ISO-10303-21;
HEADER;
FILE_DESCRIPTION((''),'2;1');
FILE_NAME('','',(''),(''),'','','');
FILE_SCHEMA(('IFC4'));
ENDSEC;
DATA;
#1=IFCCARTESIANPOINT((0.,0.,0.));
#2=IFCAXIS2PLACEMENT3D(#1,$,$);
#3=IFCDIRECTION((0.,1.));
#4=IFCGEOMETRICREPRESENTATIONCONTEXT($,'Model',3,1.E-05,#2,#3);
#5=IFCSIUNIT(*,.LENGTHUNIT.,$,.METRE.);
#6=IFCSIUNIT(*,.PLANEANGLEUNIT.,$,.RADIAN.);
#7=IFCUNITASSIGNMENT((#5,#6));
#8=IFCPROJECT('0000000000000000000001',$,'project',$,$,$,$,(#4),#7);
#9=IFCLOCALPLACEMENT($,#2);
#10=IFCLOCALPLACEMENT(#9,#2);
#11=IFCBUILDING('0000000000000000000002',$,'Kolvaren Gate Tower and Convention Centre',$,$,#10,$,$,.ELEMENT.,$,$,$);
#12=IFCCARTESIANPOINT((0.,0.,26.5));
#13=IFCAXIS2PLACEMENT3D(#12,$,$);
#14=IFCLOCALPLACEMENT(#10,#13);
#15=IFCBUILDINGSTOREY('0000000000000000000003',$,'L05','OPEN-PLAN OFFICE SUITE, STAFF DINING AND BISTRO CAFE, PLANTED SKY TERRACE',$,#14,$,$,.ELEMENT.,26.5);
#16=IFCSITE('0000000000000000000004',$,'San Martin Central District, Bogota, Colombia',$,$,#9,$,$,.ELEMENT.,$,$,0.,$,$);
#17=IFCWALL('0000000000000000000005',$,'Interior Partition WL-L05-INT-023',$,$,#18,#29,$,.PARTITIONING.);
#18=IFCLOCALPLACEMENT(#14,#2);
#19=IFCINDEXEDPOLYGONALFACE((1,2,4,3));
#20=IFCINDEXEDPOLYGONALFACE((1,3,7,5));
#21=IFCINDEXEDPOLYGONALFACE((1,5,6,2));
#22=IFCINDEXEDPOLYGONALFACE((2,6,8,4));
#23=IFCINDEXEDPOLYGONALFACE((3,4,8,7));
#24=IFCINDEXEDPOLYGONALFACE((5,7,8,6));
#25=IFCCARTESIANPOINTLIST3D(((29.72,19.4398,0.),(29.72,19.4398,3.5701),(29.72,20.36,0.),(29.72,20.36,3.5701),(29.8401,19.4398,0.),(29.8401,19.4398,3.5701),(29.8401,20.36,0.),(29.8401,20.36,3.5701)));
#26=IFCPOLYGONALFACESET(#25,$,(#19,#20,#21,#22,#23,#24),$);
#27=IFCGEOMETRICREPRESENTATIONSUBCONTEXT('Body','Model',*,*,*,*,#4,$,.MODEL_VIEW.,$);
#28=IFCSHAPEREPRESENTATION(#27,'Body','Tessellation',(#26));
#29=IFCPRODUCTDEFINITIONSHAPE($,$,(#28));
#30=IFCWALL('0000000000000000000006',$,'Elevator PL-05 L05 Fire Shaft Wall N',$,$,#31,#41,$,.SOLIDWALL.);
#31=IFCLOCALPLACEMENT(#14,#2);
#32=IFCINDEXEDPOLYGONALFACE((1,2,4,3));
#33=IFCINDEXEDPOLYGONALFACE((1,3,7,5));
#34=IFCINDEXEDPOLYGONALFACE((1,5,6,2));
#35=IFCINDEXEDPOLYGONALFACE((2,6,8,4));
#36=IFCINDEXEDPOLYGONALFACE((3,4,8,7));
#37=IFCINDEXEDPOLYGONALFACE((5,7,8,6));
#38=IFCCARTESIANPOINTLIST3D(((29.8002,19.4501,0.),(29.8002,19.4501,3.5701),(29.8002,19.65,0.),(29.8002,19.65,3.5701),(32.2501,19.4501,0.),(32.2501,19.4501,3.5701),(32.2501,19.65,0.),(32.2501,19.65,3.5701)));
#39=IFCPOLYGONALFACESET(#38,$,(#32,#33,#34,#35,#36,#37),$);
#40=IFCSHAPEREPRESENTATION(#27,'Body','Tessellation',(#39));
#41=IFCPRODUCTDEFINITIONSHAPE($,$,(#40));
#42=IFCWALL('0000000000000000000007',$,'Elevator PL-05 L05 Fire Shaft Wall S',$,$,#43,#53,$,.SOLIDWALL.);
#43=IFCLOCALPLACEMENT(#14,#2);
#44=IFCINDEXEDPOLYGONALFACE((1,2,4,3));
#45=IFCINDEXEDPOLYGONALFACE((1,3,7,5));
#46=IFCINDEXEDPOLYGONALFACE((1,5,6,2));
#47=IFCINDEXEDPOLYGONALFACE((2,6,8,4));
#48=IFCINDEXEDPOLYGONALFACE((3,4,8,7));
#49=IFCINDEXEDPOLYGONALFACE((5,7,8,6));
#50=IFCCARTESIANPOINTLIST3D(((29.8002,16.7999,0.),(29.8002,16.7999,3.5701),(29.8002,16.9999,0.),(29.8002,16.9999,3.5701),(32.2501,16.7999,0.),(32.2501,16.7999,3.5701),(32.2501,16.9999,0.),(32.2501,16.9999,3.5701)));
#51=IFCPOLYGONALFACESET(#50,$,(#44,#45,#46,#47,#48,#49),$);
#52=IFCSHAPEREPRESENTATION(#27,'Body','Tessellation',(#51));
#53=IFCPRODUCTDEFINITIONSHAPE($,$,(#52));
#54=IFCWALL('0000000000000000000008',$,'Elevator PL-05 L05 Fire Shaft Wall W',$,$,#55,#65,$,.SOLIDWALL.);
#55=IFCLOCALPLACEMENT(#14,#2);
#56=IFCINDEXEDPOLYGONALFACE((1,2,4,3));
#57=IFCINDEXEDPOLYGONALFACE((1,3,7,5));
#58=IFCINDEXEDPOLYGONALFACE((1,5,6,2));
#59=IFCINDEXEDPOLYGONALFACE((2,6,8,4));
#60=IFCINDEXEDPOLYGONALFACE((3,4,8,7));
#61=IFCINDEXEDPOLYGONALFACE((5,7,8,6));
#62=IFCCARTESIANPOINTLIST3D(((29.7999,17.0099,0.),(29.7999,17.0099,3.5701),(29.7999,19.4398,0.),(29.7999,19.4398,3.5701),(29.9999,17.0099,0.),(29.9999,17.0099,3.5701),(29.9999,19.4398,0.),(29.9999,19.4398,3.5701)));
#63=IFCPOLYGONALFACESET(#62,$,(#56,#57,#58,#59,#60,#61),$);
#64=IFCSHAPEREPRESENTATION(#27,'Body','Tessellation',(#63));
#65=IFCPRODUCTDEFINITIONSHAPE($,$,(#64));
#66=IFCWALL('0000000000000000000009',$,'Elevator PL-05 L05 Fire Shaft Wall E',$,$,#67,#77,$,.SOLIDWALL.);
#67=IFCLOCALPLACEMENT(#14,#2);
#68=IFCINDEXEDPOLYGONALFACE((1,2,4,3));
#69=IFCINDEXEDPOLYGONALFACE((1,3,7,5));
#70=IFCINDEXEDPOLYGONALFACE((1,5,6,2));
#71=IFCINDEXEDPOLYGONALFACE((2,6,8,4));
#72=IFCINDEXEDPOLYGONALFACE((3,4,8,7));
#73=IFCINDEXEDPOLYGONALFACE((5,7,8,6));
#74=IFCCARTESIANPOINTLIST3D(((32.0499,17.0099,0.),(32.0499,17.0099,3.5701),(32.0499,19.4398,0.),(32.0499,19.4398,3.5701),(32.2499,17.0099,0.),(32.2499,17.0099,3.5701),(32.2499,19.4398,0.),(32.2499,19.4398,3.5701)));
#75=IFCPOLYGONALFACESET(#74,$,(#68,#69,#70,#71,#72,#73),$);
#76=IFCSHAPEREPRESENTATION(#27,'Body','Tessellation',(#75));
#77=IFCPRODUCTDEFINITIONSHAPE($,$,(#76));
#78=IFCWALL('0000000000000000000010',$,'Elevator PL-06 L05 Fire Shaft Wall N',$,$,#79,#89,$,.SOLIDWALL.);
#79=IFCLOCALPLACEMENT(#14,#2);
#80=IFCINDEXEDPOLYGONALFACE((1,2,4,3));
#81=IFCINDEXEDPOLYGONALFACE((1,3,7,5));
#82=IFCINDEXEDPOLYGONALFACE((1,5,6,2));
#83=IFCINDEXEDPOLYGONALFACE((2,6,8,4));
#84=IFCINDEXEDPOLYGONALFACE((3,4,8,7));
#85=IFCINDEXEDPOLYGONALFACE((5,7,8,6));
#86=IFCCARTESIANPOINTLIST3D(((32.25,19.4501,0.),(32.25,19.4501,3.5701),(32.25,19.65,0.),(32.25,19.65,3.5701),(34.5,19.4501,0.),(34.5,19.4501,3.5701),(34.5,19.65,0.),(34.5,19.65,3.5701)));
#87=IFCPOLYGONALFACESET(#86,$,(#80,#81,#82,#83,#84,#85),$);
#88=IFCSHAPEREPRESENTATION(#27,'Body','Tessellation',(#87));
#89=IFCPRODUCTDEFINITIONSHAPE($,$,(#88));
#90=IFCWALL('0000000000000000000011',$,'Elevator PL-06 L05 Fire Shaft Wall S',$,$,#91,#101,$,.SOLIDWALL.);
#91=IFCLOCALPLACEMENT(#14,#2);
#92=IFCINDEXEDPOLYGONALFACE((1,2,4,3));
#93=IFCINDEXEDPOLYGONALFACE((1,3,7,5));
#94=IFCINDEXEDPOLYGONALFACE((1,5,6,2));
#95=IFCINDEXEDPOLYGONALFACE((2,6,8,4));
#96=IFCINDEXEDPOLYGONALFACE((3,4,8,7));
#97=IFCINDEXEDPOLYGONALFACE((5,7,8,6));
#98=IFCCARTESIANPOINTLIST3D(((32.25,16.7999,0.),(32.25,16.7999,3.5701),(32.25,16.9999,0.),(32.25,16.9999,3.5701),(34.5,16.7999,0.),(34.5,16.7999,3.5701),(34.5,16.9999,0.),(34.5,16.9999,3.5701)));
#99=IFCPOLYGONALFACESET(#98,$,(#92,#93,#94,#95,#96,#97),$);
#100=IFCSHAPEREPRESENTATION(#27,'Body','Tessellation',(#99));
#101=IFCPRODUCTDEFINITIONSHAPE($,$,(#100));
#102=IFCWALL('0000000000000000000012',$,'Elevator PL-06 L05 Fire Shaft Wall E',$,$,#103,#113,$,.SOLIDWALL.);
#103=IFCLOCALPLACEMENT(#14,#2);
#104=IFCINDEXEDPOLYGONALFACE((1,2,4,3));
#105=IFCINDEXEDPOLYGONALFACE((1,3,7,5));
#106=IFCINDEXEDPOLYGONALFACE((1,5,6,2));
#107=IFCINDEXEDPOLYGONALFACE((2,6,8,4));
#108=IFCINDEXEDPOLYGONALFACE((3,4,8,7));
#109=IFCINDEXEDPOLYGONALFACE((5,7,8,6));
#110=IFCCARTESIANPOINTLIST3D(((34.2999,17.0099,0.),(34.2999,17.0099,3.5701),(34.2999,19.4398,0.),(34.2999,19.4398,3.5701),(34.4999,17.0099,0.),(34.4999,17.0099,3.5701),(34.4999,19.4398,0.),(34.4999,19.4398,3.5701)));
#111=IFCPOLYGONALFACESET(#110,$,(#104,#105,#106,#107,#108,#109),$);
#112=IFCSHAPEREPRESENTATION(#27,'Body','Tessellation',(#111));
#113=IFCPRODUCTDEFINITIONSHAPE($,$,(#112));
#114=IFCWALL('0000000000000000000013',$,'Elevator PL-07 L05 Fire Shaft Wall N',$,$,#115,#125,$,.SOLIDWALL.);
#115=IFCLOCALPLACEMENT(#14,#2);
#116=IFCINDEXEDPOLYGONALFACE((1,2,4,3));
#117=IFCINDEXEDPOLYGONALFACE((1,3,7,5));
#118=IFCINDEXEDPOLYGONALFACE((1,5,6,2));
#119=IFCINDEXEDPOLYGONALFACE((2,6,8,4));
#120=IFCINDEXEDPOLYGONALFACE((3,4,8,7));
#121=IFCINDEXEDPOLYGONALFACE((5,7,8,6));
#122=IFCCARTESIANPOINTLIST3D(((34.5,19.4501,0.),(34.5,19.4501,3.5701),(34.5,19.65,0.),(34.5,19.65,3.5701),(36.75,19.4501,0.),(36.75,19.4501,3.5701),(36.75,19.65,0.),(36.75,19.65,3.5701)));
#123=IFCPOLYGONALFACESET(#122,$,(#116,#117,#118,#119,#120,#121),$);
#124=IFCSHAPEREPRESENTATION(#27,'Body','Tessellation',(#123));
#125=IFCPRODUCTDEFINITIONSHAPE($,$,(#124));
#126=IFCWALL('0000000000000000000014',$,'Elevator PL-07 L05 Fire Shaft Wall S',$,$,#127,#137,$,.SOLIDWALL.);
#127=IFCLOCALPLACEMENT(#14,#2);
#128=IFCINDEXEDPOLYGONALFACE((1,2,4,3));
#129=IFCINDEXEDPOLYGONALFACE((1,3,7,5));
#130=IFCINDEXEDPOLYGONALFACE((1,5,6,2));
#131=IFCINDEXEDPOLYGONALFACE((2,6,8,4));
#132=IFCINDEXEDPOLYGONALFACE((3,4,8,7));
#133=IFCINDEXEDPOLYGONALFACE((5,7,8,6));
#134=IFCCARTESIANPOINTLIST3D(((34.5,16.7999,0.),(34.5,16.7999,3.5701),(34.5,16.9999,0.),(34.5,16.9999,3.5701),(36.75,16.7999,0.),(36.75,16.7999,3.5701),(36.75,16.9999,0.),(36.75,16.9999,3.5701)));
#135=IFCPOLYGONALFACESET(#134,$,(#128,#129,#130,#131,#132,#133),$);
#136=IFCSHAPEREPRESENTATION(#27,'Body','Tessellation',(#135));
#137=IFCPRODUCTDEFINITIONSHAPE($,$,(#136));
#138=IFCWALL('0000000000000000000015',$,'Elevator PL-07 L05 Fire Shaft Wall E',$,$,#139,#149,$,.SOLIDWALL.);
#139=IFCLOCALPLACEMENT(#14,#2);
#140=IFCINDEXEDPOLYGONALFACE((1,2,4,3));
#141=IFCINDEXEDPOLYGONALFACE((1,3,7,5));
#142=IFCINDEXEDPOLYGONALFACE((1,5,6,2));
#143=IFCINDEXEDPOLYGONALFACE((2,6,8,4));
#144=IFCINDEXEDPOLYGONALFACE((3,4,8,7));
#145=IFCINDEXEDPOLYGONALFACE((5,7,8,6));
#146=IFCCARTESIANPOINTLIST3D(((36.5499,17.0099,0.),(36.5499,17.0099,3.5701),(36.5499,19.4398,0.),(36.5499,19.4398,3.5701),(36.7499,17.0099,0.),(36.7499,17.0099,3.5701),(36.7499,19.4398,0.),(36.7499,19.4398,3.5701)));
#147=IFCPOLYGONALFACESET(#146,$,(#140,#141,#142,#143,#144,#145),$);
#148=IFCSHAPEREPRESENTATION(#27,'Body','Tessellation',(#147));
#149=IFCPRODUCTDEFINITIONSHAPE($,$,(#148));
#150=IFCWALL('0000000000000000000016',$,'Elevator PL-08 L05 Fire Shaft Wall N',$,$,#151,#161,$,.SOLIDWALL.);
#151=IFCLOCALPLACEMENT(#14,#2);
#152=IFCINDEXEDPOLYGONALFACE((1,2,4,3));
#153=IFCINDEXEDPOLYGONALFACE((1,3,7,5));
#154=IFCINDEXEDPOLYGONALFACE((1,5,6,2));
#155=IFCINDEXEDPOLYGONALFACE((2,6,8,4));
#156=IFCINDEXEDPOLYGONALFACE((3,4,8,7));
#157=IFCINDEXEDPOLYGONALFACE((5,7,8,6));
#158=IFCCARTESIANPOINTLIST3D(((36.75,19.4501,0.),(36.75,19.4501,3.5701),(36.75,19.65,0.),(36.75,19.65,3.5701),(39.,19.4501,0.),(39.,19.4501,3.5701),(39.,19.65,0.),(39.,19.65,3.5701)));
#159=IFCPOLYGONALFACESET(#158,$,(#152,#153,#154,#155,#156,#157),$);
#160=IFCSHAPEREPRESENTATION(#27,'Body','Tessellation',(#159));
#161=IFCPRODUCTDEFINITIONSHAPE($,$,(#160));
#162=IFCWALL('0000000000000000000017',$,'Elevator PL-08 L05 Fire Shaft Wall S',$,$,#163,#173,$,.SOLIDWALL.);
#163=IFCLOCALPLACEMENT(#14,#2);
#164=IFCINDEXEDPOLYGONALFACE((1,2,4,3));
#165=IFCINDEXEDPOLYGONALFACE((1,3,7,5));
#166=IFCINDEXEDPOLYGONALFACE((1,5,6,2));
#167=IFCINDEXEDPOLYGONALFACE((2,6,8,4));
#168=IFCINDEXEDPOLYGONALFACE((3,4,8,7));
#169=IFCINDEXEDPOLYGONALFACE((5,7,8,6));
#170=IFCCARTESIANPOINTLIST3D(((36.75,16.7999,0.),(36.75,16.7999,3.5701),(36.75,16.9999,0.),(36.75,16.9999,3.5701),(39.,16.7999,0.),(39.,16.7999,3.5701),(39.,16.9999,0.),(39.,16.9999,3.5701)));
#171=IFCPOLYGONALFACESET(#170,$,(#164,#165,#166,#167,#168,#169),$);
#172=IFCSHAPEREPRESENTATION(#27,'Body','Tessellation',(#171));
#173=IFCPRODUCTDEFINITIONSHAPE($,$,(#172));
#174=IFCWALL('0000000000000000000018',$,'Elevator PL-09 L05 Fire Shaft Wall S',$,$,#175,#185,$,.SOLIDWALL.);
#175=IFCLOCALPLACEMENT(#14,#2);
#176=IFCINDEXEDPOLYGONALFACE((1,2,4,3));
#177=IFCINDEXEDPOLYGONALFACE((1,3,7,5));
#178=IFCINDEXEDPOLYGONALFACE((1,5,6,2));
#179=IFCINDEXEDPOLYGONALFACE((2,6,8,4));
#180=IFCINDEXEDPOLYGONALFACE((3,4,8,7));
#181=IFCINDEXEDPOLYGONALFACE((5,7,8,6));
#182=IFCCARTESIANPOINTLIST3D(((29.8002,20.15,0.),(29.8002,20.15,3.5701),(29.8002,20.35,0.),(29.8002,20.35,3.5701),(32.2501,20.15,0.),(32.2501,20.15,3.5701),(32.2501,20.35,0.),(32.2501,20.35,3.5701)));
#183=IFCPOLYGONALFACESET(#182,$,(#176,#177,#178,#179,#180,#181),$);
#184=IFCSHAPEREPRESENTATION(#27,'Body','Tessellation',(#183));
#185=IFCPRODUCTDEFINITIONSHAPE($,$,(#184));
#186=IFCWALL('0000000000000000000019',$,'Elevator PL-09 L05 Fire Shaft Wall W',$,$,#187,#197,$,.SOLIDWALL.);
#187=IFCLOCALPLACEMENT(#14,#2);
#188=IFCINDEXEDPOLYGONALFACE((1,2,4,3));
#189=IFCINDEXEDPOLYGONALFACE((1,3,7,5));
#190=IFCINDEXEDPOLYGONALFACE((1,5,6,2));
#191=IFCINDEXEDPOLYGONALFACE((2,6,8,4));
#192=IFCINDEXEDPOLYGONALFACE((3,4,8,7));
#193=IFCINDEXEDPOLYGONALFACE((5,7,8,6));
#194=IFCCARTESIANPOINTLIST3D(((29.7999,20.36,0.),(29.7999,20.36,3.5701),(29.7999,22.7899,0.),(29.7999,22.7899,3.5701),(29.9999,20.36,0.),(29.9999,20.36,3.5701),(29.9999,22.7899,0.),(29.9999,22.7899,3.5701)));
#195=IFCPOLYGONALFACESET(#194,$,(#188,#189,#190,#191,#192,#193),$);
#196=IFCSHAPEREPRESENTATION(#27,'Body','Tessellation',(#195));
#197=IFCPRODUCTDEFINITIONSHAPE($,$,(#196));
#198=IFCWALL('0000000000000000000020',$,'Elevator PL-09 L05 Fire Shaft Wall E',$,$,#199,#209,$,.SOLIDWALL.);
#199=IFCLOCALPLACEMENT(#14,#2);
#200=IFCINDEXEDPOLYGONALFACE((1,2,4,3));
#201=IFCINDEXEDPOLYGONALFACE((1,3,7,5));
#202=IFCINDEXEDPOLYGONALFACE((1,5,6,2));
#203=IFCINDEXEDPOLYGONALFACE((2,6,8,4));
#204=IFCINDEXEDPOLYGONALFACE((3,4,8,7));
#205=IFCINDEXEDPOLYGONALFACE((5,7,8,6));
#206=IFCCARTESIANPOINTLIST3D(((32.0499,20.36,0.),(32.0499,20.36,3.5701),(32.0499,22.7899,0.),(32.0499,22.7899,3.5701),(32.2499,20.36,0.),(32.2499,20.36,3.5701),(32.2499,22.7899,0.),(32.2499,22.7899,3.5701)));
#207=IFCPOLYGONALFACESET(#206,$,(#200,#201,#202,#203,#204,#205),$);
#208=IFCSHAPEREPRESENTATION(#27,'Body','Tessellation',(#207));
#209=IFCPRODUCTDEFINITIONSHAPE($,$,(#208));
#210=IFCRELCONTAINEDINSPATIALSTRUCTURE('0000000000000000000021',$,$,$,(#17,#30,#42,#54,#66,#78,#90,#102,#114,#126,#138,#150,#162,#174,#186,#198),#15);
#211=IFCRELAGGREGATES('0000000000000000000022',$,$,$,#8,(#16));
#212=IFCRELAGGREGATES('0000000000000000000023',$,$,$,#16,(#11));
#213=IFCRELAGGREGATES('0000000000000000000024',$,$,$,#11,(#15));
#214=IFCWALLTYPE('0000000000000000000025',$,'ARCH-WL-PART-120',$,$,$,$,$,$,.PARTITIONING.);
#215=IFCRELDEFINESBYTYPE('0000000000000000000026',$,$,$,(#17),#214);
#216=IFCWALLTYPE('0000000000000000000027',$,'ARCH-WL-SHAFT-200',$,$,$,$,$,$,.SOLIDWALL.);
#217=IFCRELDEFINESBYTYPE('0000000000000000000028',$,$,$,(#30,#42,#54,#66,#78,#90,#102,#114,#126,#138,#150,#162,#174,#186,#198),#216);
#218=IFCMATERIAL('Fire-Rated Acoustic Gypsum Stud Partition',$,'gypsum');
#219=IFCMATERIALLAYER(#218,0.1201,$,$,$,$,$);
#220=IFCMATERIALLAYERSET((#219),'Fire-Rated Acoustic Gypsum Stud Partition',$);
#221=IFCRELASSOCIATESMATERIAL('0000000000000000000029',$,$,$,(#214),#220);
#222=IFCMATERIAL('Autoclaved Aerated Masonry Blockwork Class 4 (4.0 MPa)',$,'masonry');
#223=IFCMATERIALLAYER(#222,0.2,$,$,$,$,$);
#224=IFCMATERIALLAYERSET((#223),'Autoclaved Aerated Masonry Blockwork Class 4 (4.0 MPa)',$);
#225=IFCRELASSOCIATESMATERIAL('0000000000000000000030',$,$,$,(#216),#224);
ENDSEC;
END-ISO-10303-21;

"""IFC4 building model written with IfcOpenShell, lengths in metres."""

from ifc_helpers import new_model, si_unit, direction, frame, frame_2d, origin, place, context, subcontext, project, spatial, rectangle, extrude, material, layer, layer_set, type_object, element, save


model = new_model("IFC4")

# Units and contexts
model_context = context("Model", 3, precision=1e-05, world=origin(), true_north=direction((0.0, 1.0)))
body_context = subcontext(model_context, "Body", "Model", "MODEL_VIEW")
ifc_project = project(units=[si_unit("LENGTHUNIT", "METRE"), si_unit("PLANEANGLEUNIT", "RADIAN")], contexts=[model_context])

# Site, building, storey
site_placement = place(None, origin())
site = spatial("IfcSite", under=ifc_project, at=site_placement, Name="San Martin Central District, Bogota, Colombia", CompositionType="ELEMENT", RefElevation=0.0)
building_placement = place(site_placement, origin())
building = spatial("IfcBuilding", under=site, at=building_placement, Name="Kolvaren Gate Tower and Convention Centre", CompositionType="ELEMENT")
storey_placement = place(building_placement, frame((0.0, 0.0, 26.5)))
storey = spatial("IfcBuildingStorey", under=building, at=storey_placement, Name="L05", Description="OPEN-PLAN OFFICE SUITE, STAFF DINING AND BISTRO CAFE, PLANTED SKY TERRACE", CompositionType="ELEMENT", Elevation=26.5)

# Walls
ifc_material_1 = material(Name="Fire-Rated Acoustic Gypsum Stud Partition", Category="gypsum")
ifc_layer_1 = layer(ifc_material_1, 0.1201)
ifc_layer_set_1 = layer_set([ifc_layer_1], Name="Fire-Rated Acoustic Gypsum Stud Partition")
wall_type_1 = type_object("IfcWallType", Name="ARCH-WL-PART-120", PredefinedType="PARTITIONING", material=ifc_layer_set_1)
wall_1_placement = place(storey_placement, frame((29.78, 19.4399, 0.0), z_axis=(0.0, 0.0, 1.0), x_axis=(0.0, 1.0, 0.0)))
element("IfcWall", 1, at=wall_1_placement, inside=storey, type_object=wall_type_1, Name="Interior Partition WL-L05-INT-023", PredefinedType="PARTITIONING", context=body_context, shape_type="SweptSolid", body=[
    extrude(rectangle(XDim=0.9202, YDim=0.1201, at=frame_2d((0.46, 0.0))), origin(), (0.0, 0.0, 1.0), 3.5701),
])
ifc_material_2 = material(Name="Autoclaved Aerated Masonry Blockwork Class 4 (4.0 MPa)", Category="masonry")
ifc_layer_2 = layer(ifc_material_2, 0.2)
ifc_layer_set_2 = layer_set([ifc_layer_2], Name="Autoclaved Aerated Masonry Blockwork Class 4 (4.0 MPa)")
wall_type_2 = type_object("IfcWallType", Name="ARCH-WL-SHAFT-200", PredefinedType="SOLIDWALL", material=ifc_layer_set_2)
for number, where, z_axis, x_axis, name in (
    (2, (29.8, 19.55, 0.0), (0.0, 0.0, 1.0), (1.0, 0.0, 0.0), "Elevator PL-05 L05 Fire Shaft Wall N"),
    (3, (29.8, 16.8999, 0.0), (0.0, 0.0, 1.0), (1.0, 0.0, 0.0), "Elevator PL-05 L05 Fire Shaft Wall S"),
):
    element("IfcWall", number, at=place(storey_placement, frame(where, z_axis=z_axis, x_axis=x_axis)), inside=storey, type_object=wall_type_2, Name=name, PredefinedType="SOLIDWALL", context=body_context, shape_type="SweptSolid", body=[
        extrude(rectangle(XDim=2.45, YDim=0.2, at=frame_2d((1.2251, 0.0))), origin(), (0.0, 0.0, 1.0), 3.5701),
    ])
for number, where, z_axis, x_axis, name in (
    (4, (29.8999, 17.01, 0.0), (0.0, 0.0, 1.0), (0.0, 1.0, 0.0), "Elevator PL-05 L05 Fire Shaft Wall W"),
    (5, (32.1499, 17.01, 0.0), (0.0, 0.0, 1.0), (0.0, 1.0, 0.0), "Elevator PL-05 L05 Fire Shaft Wall E"),
):
    element("IfcWall", number, at=place(storey_placement, frame(where, z_axis=z_axis, x_axis=x_axis)), inside=storey, type_object=wall_type_2, Name=name, PredefinedType="SOLIDWALL", context=body_context, shape_type="SweptSolid", body=[
        extrude(rectangle(XDim=2.4299, YDim=0.2, at=frame_2d((1.2148, 0.0))), origin(), (0.0, 0.0, 1.0), 3.5701),
    ])
for number, where, z_axis, x_axis, name in (
    (6, (32.25, 19.55, 0.0), (0.0, 0.0, 1.0), (1.0, 0.0, 0.0), "Elevator PL-06 L05 Fire Shaft Wall N"),
    (7, (32.25, 16.8999, 0.0), (0.0, 0.0, 1.0), (1.0, 0.0, 0.0), "Elevator PL-06 L05 Fire Shaft Wall S"),
):
    element("IfcWall", number, at=place(storey_placement, frame(where, z_axis=z_axis, x_axis=x_axis)), inside=storey, type_object=wall_type_2, Name=name, PredefinedType="SOLIDWALL", context=body_context, shape_type="SweptSolid", body=[
        extrude(rectangle(XDim=2.25, YDim=0.2, at=frame_2d((1.125, 0.0))), origin(), (0.0, 0.0, 1.0), 3.5701),
    ])
wall_2_placement = place(storey_placement, frame((34.3999, 17.01, 0.0), z_axis=(0.0, 0.0, 1.0), x_axis=(0.0, 1.0, 0.0)))
element("IfcWall", 8, at=wall_2_placement, inside=storey, type_object=wall_type_2, Name="Elevator PL-06 L05 Fire Shaft Wall E", PredefinedType="SOLIDWALL", context=body_context, shape_type="SweptSolid", body=[
    extrude(rectangle(XDim=2.4299, YDim=0.2, at=frame_2d((1.2148, 0.0))), origin(), (0.0, 0.0, 1.0), 3.5701),
])
for number, where, z_axis, x_axis, name in (
    (9, (34.5, 19.55, 0.0), (0.0, 0.0, 1.0), (1.0, 0.0, 0.0), "Elevator PL-07 L05 Fire Shaft Wall N"),
    (10, (34.5, 16.8999, 0.0), (0.0, 0.0, 1.0), (1.0, 0.0, 0.0), "Elevator PL-07 L05 Fire Shaft Wall S"),
):
    element("IfcWall", number, at=place(storey_placement, frame(where, z_axis=z_axis, x_axis=x_axis)), inside=storey, type_object=wall_type_2, Name=name, PredefinedType="SOLIDWALL", context=body_context, shape_type="SweptSolid", body=[
        extrude(rectangle(XDim=2.25, YDim=0.2, at=frame_2d((1.125, 0.0))), origin(), (0.0, 0.0, 1.0), 3.5701),
    ])
wall_3_placement = place(storey_placement, frame((36.6499, 17.01, 0.0), z_axis=(0.0, 0.0, 1.0), x_axis=(0.0, 1.0, 0.0)))
element("IfcWall", 11, at=wall_3_placement, inside=storey, type_object=wall_type_2, Name="Elevator PL-07 L05 Fire Shaft Wall E", PredefinedType="SOLIDWALL", context=body_context, shape_type="SweptSolid", body=[
    extrude(rectangle(XDim=2.4299, YDim=0.2, at=frame_2d((1.2148, 0.0))), origin(), (0.0, 0.0, 1.0), 3.5701),
])
for number, where, z_axis, x_axis, name in (
    (12, (36.75, 19.55, 0.0), (0.0, 0.0, 1.0), (1.0, 0.0, 0.0), "Elevator PL-08 L05 Fire Shaft Wall N"),
    (13, (36.75, 16.8999, 0.0), (0.0, 0.0, 1.0), (1.0, 0.0, 0.0), "Elevator PL-08 L05 Fire Shaft Wall S"),
):
    element("IfcWall", number, at=place(storey_placement, frame(where, z_axis=z_axis, x_axis=x_axis)), inside=storey, type_object=wall_type_2, Name=name, PredefinedType="SOLIDWALL", context=body_context, shape_type="SweptSolid", body=[
        extrude(rectangle(XDim=2.25, YDim=0.2, at=frame_2d((1.125, 0.0))), origin(), (0.0, 0.0, 1.0), 3.5701),
    ])
wall_4_placement = place(storey_placement, frame((29.8, 20.25, 0.0), z_axis=(0.0, 0.0, 1.0), x_axis=(1.0, 0.0, 0.0)))
element("IfcWall", 14, at=wall_4_placement, inside=storey, type_object=wall_type_2, Name="Elevator PL-09 L05 Fire Shaft Wall S", PredefinedType="SOLIDWALL", context=body_context, shape_type="SweptSolid", body=[
    extrude(rectangle(XDim=2.45, YDim=0.2, at=frame_2d((1.2251, 0.0))), origin(), (0.0, 0.0, 1.0), 3.5701),
])
for number, where, z_axis, x_axis, name in (
    (15, (29.8999, 20.3601, 0.0), (0.0, 0.0, 1.0), (0.0, 1.0, 0.0), "Elevator PL-09 L05 Fire Shaft Wall W"),
    (16, (32.1499, 20.3601, 0.0), (0.0, 0.0, 1.0), (0.0, 1.0, 0.0), "Elevator PL-09 L05 Fire Shaft Wall E"),
):
    element("IfcWall", number, at=place(storey_placement, frame(where, z_axis=z_axis, x_axis=x_axis)), inside=storey, type_object=wall_type_2, Name=name, PredefinedType="SOLIDWALL", context=body_context, shape_type="SweptSolid", body=[
        extrude(rectangle(XDim=2.4299, YDim=0.2, at=frame_2d((1.2148, 0.0))), origin(), (0.0, 0.0, 1.0), 3.5701),
    ])

save(model, "model.ifc")
